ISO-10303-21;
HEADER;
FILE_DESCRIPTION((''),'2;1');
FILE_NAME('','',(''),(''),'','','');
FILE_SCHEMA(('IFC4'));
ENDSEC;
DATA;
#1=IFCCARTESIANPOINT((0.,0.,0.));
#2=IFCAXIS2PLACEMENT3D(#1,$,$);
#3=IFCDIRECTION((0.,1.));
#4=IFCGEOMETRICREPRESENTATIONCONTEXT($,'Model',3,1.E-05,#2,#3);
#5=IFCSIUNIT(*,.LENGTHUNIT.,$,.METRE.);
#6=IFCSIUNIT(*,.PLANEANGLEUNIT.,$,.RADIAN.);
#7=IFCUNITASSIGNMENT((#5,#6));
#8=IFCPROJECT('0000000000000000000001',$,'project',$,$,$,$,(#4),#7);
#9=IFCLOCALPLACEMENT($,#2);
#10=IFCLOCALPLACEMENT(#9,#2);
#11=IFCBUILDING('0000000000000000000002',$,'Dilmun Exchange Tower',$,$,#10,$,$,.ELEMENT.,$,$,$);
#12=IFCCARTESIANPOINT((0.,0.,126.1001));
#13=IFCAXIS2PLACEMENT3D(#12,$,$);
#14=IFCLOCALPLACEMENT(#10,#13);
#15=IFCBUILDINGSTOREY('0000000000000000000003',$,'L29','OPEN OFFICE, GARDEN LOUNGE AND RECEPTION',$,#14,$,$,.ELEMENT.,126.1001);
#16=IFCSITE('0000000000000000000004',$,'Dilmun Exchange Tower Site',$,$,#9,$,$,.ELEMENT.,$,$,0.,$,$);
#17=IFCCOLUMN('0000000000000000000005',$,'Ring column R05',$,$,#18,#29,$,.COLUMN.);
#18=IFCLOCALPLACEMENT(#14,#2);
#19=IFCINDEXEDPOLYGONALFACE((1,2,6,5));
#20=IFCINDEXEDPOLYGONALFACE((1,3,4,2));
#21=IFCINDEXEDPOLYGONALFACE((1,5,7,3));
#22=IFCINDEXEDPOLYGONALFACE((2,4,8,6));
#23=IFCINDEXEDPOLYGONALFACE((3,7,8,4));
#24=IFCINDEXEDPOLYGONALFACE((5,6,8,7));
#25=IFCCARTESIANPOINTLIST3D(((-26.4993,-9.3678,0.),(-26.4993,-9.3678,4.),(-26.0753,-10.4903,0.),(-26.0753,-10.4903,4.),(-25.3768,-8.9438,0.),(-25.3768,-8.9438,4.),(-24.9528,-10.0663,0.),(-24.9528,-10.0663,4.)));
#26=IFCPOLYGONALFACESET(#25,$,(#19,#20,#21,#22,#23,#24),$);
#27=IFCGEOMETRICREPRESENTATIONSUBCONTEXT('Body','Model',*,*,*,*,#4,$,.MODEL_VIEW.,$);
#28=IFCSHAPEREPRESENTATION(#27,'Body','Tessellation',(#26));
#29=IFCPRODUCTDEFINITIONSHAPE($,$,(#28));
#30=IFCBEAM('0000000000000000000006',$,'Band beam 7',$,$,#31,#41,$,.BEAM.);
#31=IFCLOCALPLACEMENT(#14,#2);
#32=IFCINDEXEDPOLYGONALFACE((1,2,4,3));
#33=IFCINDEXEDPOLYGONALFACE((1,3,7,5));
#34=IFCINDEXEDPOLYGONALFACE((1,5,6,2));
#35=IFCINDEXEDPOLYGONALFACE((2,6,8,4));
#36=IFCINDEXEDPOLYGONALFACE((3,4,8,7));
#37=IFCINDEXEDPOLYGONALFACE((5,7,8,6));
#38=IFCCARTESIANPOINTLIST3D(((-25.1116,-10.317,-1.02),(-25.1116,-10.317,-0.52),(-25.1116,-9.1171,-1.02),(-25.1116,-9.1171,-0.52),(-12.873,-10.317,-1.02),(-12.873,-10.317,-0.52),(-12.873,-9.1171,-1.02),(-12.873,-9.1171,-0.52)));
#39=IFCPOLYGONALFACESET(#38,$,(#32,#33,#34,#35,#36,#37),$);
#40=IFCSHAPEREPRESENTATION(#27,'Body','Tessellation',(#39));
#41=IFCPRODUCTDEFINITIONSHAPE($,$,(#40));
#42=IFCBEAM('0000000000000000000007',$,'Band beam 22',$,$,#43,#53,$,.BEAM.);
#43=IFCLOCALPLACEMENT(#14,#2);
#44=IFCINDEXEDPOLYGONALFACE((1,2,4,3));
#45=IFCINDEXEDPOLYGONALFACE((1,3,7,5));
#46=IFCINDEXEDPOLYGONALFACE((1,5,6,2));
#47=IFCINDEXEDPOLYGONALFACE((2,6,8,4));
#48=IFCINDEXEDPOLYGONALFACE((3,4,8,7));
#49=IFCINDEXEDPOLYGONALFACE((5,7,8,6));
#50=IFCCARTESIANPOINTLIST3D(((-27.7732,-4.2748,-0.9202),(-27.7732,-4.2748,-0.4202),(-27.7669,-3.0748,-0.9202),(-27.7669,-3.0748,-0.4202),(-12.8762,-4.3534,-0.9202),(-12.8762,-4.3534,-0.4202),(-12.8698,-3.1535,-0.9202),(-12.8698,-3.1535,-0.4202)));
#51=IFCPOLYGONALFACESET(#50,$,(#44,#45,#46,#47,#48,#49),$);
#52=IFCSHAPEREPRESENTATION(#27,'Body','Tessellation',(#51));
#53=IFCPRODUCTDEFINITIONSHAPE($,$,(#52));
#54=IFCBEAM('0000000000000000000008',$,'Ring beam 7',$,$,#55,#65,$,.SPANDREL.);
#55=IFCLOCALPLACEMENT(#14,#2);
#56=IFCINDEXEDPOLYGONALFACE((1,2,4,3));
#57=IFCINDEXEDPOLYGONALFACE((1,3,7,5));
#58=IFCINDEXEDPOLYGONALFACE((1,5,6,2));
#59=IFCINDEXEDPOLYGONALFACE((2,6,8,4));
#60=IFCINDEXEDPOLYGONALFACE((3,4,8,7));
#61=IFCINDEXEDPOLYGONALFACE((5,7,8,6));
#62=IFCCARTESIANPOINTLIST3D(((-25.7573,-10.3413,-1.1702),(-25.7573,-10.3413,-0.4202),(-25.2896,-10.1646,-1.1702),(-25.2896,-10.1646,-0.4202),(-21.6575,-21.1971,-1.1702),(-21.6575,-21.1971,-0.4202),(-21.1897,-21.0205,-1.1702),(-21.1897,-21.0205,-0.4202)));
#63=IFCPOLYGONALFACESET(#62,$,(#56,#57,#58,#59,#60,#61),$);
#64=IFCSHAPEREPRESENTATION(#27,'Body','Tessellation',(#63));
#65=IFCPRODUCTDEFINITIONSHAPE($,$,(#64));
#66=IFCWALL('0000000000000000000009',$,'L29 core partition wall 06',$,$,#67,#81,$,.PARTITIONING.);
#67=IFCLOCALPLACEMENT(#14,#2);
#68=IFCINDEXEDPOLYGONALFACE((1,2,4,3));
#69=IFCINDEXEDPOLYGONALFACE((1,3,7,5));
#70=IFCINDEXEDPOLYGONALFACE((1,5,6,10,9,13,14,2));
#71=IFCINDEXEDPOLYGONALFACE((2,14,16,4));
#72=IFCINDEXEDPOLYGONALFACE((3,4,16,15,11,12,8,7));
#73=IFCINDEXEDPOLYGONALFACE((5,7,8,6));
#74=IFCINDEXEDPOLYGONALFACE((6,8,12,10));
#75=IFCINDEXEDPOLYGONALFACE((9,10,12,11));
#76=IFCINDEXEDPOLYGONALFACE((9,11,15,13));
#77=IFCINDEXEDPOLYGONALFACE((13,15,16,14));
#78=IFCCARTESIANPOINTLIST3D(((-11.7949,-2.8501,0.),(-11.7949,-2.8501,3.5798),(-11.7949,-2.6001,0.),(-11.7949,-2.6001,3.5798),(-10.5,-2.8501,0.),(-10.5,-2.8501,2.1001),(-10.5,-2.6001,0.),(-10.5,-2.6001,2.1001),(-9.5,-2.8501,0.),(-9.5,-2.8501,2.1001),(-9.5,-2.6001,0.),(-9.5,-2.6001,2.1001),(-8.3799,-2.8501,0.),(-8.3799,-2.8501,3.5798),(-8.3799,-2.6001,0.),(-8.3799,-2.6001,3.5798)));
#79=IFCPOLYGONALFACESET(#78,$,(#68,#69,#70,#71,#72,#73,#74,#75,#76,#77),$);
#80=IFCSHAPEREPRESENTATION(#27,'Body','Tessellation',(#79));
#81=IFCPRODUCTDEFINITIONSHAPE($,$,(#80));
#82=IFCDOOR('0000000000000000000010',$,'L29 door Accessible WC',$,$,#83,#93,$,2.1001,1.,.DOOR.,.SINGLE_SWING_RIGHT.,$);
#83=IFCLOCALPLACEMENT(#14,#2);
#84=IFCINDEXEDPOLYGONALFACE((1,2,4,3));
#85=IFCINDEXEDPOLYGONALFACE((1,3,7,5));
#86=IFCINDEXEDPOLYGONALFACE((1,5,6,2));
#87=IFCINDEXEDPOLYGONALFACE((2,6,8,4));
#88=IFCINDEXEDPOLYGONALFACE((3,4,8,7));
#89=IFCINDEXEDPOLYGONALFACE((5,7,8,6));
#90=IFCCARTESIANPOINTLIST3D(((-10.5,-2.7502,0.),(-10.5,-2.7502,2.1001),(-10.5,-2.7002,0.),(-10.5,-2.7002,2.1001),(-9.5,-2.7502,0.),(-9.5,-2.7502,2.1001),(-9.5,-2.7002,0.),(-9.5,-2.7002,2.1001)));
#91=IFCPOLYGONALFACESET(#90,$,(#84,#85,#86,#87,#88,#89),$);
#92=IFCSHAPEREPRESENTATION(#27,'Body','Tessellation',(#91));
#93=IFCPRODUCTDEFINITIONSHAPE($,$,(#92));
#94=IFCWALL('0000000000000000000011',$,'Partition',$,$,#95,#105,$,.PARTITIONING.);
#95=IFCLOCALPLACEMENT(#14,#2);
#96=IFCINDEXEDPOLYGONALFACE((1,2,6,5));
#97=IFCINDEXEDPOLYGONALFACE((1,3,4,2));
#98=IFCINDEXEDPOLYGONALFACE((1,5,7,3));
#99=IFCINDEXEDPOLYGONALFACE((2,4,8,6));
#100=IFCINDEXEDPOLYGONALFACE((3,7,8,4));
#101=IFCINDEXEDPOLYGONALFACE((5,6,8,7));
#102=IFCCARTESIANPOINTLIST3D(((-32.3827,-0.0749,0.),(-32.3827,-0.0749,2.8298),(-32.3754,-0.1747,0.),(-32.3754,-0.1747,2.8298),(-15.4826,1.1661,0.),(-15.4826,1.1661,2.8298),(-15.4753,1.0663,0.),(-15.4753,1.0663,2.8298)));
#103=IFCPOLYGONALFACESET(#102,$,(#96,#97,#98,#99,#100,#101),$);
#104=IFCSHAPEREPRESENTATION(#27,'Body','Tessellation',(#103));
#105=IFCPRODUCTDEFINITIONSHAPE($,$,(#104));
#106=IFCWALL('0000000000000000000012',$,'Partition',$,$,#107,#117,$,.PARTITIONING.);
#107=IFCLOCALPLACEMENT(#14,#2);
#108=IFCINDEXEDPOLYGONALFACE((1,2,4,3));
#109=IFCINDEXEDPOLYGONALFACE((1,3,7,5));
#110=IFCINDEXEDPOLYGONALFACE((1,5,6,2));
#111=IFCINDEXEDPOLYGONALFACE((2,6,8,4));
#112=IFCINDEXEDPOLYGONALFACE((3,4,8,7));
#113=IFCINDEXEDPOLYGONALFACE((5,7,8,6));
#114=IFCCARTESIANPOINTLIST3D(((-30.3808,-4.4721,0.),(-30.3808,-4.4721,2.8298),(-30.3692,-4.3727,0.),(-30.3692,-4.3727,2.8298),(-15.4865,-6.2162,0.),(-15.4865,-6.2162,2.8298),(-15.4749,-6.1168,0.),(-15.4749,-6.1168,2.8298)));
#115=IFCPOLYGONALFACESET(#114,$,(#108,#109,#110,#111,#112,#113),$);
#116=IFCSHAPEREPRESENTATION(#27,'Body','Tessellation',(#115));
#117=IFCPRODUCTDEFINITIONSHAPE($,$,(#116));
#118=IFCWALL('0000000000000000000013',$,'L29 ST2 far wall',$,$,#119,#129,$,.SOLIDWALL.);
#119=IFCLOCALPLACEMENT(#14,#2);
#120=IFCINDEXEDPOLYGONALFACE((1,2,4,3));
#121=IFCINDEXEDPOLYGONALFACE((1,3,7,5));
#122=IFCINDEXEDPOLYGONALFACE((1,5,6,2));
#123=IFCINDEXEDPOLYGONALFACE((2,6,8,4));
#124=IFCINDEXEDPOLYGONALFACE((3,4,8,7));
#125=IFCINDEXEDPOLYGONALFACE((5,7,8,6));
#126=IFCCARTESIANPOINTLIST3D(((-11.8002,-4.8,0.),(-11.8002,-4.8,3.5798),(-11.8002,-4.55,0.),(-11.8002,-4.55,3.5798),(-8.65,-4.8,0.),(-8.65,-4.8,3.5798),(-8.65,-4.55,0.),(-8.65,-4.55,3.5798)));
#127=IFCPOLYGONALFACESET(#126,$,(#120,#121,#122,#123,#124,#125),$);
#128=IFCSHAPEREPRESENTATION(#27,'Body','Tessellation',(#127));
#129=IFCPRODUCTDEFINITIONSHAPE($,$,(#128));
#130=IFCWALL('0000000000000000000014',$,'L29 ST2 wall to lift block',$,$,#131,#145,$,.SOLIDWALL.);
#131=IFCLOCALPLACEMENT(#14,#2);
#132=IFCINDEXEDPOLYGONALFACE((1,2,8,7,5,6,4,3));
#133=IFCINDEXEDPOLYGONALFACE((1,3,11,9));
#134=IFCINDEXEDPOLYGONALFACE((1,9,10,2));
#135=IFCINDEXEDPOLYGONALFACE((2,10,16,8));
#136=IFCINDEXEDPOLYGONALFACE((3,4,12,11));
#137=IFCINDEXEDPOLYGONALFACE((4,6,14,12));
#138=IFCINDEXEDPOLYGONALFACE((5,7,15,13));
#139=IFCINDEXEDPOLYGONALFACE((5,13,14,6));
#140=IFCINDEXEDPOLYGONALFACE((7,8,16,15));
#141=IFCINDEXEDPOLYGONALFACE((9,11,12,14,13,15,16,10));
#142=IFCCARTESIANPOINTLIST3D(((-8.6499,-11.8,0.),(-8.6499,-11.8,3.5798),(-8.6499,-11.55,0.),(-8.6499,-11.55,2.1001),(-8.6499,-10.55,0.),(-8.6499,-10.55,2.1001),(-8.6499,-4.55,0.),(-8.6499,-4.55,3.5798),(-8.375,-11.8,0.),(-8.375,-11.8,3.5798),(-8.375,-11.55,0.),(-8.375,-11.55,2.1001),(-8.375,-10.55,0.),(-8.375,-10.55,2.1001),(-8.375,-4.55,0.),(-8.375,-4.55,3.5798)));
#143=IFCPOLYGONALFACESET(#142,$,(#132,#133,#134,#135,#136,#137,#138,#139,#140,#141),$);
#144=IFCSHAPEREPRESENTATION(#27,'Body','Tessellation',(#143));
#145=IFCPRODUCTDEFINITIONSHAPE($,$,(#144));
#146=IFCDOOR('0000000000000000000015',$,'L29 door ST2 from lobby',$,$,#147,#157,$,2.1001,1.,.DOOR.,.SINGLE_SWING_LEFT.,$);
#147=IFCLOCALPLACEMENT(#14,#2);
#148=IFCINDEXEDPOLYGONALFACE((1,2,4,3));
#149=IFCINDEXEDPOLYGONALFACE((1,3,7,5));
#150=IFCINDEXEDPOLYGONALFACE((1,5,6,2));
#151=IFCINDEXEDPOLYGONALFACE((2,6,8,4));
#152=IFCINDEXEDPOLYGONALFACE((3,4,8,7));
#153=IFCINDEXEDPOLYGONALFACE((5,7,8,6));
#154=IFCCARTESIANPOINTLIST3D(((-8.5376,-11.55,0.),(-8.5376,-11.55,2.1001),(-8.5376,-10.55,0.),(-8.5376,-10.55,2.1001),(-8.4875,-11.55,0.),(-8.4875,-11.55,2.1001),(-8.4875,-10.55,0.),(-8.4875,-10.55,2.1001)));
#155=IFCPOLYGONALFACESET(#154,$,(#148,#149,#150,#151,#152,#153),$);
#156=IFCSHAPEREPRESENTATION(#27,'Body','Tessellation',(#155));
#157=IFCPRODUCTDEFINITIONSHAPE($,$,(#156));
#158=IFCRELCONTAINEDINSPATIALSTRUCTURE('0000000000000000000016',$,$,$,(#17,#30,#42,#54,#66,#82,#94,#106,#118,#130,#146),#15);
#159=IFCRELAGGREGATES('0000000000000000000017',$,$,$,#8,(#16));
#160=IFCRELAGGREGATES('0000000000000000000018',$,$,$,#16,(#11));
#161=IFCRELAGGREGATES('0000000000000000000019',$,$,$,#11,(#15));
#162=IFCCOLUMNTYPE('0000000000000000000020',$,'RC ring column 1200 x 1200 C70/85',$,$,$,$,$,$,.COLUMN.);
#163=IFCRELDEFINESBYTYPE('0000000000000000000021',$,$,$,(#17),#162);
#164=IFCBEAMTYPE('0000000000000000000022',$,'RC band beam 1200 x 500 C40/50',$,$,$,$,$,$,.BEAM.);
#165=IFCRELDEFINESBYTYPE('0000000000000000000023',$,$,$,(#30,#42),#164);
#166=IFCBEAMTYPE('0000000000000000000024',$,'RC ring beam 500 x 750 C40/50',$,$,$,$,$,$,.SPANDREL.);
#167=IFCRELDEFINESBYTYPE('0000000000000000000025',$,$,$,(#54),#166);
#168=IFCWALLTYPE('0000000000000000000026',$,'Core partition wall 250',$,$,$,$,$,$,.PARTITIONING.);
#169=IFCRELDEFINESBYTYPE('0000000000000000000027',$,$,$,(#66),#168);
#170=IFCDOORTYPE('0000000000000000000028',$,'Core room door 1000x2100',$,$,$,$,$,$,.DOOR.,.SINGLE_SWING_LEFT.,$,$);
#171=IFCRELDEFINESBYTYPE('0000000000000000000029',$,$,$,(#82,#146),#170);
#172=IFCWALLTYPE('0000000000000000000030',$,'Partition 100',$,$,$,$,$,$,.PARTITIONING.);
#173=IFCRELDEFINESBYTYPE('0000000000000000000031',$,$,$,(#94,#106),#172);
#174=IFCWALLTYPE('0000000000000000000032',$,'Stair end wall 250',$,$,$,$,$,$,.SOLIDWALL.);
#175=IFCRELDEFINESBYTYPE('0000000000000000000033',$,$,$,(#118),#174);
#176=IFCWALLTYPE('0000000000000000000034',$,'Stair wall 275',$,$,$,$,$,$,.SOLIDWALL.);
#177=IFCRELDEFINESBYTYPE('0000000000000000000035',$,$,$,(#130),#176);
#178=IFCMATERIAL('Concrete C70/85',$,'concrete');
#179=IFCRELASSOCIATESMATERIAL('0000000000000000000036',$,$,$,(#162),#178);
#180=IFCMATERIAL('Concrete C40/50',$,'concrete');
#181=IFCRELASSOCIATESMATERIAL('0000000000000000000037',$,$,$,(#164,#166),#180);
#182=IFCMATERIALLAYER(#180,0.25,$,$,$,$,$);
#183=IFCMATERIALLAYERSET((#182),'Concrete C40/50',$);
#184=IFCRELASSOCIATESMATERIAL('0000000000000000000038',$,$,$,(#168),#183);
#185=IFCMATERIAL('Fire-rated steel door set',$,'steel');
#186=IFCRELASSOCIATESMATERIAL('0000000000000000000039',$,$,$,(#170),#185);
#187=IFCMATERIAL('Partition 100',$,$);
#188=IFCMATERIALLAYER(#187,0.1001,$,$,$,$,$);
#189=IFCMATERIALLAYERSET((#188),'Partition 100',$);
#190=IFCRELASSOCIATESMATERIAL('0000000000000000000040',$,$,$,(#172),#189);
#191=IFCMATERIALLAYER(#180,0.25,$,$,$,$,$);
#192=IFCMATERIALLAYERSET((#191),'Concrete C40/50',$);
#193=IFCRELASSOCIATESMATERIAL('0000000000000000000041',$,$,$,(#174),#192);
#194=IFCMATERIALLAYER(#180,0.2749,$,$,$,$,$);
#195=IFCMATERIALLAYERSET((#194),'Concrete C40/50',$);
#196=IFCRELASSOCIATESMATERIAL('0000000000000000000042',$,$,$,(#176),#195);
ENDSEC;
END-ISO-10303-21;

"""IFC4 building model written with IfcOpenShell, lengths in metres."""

from ifc_helpers import new_model, si_unit, direction, frame, frame_2d, origin, origin_2d, place, context, subcontext, project, spatial, rectangle, extrude, material, layer, layer_set, material_profile, profile_set, type_object, element, fill, save


model = new_model("IFC4")

# Units and contexts
model_context = context("Model", 3, precision=1e-05, world=origin(), true_north=direction((0.0, 1.0)))
body_context = subcontext(model_context, "Body", "Model", "MODEL_VIEW")
ifc_project = project(units=[si_unit("LENGTHUNIT", "METRE"), si_unit("PLANEANGLEUNIT", "RADIAN")], contexts=[model_context])

# Site, building, storey
site_placement = place(None, origin())
site = spatial("IfcSite", under=ifc_project, at=site_placement, Name="Dilmun Exchange Tower Site", CompositionType="ELEMENT", RefElevation=0.0)
building_placement = place(site_placement, origin())
building = spatial("IfcBuilding", under=site, at=building_placement, Name="Dilmun Exchange Tower", CompositionType="ELEMENT")
storey_placement = place(building_placement, frame((0.0, 0.0, 126.1001)))
storey = spatial("IfcBuildingStorey", under=building, at=storey_placement, Name="L29", Description="OPEN OFFICE, GARDEN LOUNGE AND RECEPTION", CompositionType="ELEMENT", Elevation=126.1001)

# Column
ifc_material_1 = material(Name="Concrete C70/85", Category="concrete")
ifc_material_profile_1 = material_profile(ifc_material_1, rectangle(XDim=1.2, YDim=1.2, at=origin_2d()), Name="1200 x 1200")
ifc_profile_set_1 = profile_set([ifc_material_profile_1], Name="Concrete C70/85")
column_type = type_object("IfcColumnType", Name="RC ring column 1200 x 1200 C70/85", PredefinedType="COLUMN", material=ifc_profile_set_1)
column_placement = place(storey_placement, frame((-25.7261, -9.717, 0.0), z_axis=(0.0, 0.0, 1.0), x_axis=(0.935492, 0.353349, 0.0)))
element("IfcColumn", 1, at=column_placement, inside=storey, type_object=column_type, Name="Ring column R05", PredefinedType="COLUMN", context=body_context, shape_type="SweptSolid", body=[
    extrude(rectangle(XDim=1.2, YDim=1.2, at=origin_2d()), origin(), (0.0, 0.0, 1.0), 4.0),
])

# Beams
ifc_material_2 = material(Name="Concrete C40/50", Category="concrete")
ifc_material_profile_2 = material_profile(ifc_material_2, rectangle(XDim=1.2, YDim=0.5, at=origin_2d()), Name="1200 x 500")
ifc_profile_set_2 = profile_set([ifc_material_profile_2], Name="Concrete C40/50")
beam_type_1 = type_object("IfcBeamType", Name="RC band beam 1200 x 500 C40/50", PredefinedType="BEAM", material=ifc_profile_set_2)
beam_1_placement = place(storey_placement, frame((-25.1116, -9.717, -0.77), z_axis=(1.0, 0.0, 0.0), x_axis=(0.0, 1.0, 0.0)))
element("IfcBeam", 2, at=beam_1_placement, inside=storey, type_object=beam_type_1, Name="Band beam 7", PredefinedType="BEAM", context=body_context, shape_type="SweptSolid", body=[
    extrude(rectangle(XDim=1.2, YDim=0.5, at=origin_2d()), origin(), (0.0, 0.0, 1.0), 12.2385),
])
beam_2_placement = place(storey_placement, frame((-27.77, -3.6748, -0.6702), z_axis=(0.999986, -0.005277, 0.0), x_axis=(0.005277, 0.999986, 0.0)))
element("IfcBeam", 3, at=beam_2_placement, inside=storey, type_object=beam_type_1, Name="Band beam 22", PredefinedType="BEAM", context=body_context, shape_type="SweptSolid", body=[
    extrude(rectangle(XDim=1.2, YDim=0.5, at=origin_2d()), origin(), (0.0, 0.0, 1.0), 14.8972),
])
ifc_material_profile_3 = material_profile(ifc_material_2, rectangle(XDim=0.5, YDim=0.75, at=origin_2d()), Name="500 x 750")
ifc_profile_set_3 = profile_set([ifc_material_profile_3], Name="Concrete C40/50")
beam_type_2 = type_object("IfcBeamType", Name="RC ring beam 500 x 750 C40/50", PredefinedType="SPANDREL", material=ifc_profile_set_3)
beam_3_placement = place(storey_placement, frame((-25.5234, -10.2529, -0.7952), z_axis=(0.353304, -0.935509, 0.0), x_axis=(0.935509, 0.353304, 0.0)))
element("IfcBeam", 4, at=beam_3_placement, inside=storey, type_object=beam_type_2, Name="Ring beam 7", PredefinedType="SPANDREL", context=body_context, shape_type="SweptSolid", body=[
    extrude(rectangle(XDim=0.5, YDim=0.75, at=origin_2d()), origin(), (0.0, 0.0, 1.0), 11.6042),
])

# Wall, opening, door
ifc_layer_1 = layer(ifc_material_2, 0.25)
ifc_layer_set_1 = layer_set([ifc_layer_1], Name="Concrete C40/50")
wall_type_1 = type_object("IfcWallType", Name="Core partition wall 250", PredefinedType="PARTITIONING", material=ifc_layer_set_1)
wall_1_placement = place(storey_placement, frame((-11.7949, -2.7251, 0.0), z_axis=(0.0, 0.0, 1.0), x_axis=(1.0, 0.0, 0.0)))
wall_1 = element("IfcWall", 5, at=wall_1_placement, inside=storey, type_object=wall_type_1, Name="L29 core partition wall 06", PredefinedType="PARTITIONING", context=body_context, shape_type="SweptSolid", body=[
    extrude(rectangle(XDim=3.415, YDim=0.25, at=frame_2d((1.7075, 0.0))), origin(), (0.0, 0.0, 1.0), 3.5798),
])
opening_1_placement = place(wall_1_placement, frame((1.2949, 0.0, 0.0)))
opening_1 = element("IfcOpeningElement", 6, at=opening_1_placement, cuts=wall_1, PredefinedType="OPENING", context=body_context, shape_type="SweptSolid", body=[
    extrude(rectangle(XDim=1.0, YDim=2.1001, at=frame_2d((0.5, 1.05))), frame((0.0, 0.135, 0.0), z_axis=(0.0, -1.0, 0.0), x_axis=(1.0, 0.0, 0.0)), (0.0, 0.0, 1.0), 0.27),
])
ifc_material_3 = material(Name="Fire-rated steel door set", Category="steel")
door_type = type_object("IfcDoorType", Name="Core room door 1000x2100", OperationType="SINGLE_SWING_LEFT", PredefinedType="DOOR", material=ifc_material_3)
door_1_placement = place(opening_1_placement, origin())
door_1 = element("IfcDoor", 7, at=door_1_placement, inside=storey, type_object=door_type, Name="L29 door Accessible WC", OperationType="SINGLE_SWING_RIGHT", OverallHeight=2.1001, OverallWidth=1.0, PredefinedType="DOOR", context=body_context, shape_type="SweptSolid", body=[
    extrude(rectangle(XDim=1.0, YDim=2.1001, at=frame_2d((0.5, 1.05))), frame((0.0, 0.0249, 0.0), z_axis=(0.0, -1.0, 0.0), x_axis=(1.0, 0.0, 0.0)), (0.0, 0.0, 1.0), 0.05),
])
fill(opening_1, door_1)

# Walls
ifc_material_4 = material(Name="Partition 100")
ifc_layer_2 = layer(ifc_material_4, 0.1001)
ifc_layer_set_2 = layer_set([ifc_layer_2], Name="Partition 100")
wall_type_2 = type_object("IfcWallType", Name="Partition 100", PredefinedType="PARTITIONING", material=ifc_layer_set_2)
wall_2_placement = place(storey_placement, frame((-32.3789, -0.1248, 0.0), z_axis=(0.0, 0.0, 1.0), x_axis=(0.997315, 0.073232, 0.0)))
element("IfcWall", 8, at=wall_2_placement, inside=storey, type_object=wall_type_2, Name="Partition", PredefinedType="PARTITIONING", context=body_context, shape_type="SweptSolid", body=[
    extrude(rectangle(XDim=16.9456, YDim=0.1001, at=frame_2d((8.4727, 0.0))), origin(), (0.0, 0.0, 1.0), 2.8298),
])
wall_3_placement = place(storey_placement, frame((-30.375, -4.4224, 0.0), z_axis=(0.0, 0.0, 1.0), x_axis=(0.993213, -0.116307, 0.0)))
element("IfcWall", 9, at=wall_3_placement, inside=storey, type_object=wall_type_2, Name="Partition", PredefinedType="PARTITIONING", context=body_context, shape_type="SweptSolid", body=[
    extrude(rectangle(XDim=14.9961, YDim=0.1001, at=frame_2d((7.498, 0.0))), origin(), (0.0, 0.0, 1.0), 2.8298),
])
ifc_layer_3 = layer(ifc_material_2, 0.25)
ifc_layer_set_3 = layer_set([ifc_layer_3], Name="Concrete C40/50")
wall_type_3 = type_object("IfcWallType", Name="Stair end wall 250", PredefinedType="SOLIDWALL", material=ifc_layer_set_3)
wall_4_placement = place(storey_placement, frame((-8.6499, -4.675, 0.0), z_axis=(0.0, 0.0, 1.0), x_axis=(-1.0, 0.0, 0.0)))
element("IfcWall", 10, at=wall_4_placement, inside=storey, type_object=wall_type_3, Name="L29 ST2 far wall", PredefinedType="SOLIDWALL", context=body_context, shape_type="SweptSolid", body=[
    extrude(rectangle(XDim=3.1501, YDim=0.25, at=frame_2d((1.5752, 0.0))), origin(), (0.0, 0.0, 1.0), 3.5798),
])

# Wall, opening, door
ifc_layer_4 = layer(ifc_material_2, 0.2749)
ifc_layer_set_4 = layer_set([ifc_layer_4], Name="Concrete C40/50")
wall_type_4 = type_object("IfcWallType", Name="Stair wall 275", PredefinedType="SOLIDWALL", material=ifc_layer_set_4)
wall_5_placement = place(storey_placement, frame((-8.5125, -4.55, 0.0), z_axis=(0.0, 0.0, 1.0), x_axis=(0.0, -1.0, 0.0)))
wall_5 = element("IfcWall", 11, at=wall_5_placement, inside=storey, type_object=wall_type_4, Name="L29 ST2 wall to lift block", PredefinedType="SOLIDWALL", context=body_context, shape_type="SweptSolid", body=[
    extrude(rectangle(XDim=7.25, YDim=0.2749, at=frame_2d((3.625, 0.0))), origin(), (0.0, 0.0, 1.0), 3.5798),
])
opening_2_placement = place(wall_5_placement, frame((6.0, 0.0, 0.0)))
opening_2 = element("IfcOpeningElement", 12, at=opening_2_placement, cuts=wall_5, PredefinedType="OPENING", context=body_context, shape_type="SweptSolid", body=[
    extrude(rectangle(XDim=1.0, YDim=2.1001, at=frame_2d((0.5, 1.05))), frame((0.0, 0.1475, 0.0), z_axis=(0.0, -1.0, 0.0), x_axis=(1.0, 0.0, 0.0)), (0.0, 0.0, 1.0), 0.2949),
])
door_2_placement = place(opening_2_placement, origin())
door_2 = element("IfcDoor", 13, at=door_2_placement, inside=storey, type_object=door_type, Name="L29 door ST2 from lobby", OperationType="SINGLE_SWING_LEFT", OverallHeight=2.1001, OverallWidth=1.0, PredefinedType="DOOR", context=body_context, shape_type="SweptSolid", body=[
    extrude(rectangle(XDim=1.0, YDim=2.1001, at=frame_2d((0.5, 1.05))), frame((0.0, 0.0249, 0.0), z_axis=(0.0, -1.0, 0.0), x_axis=(1.0, 0.0, 0.0)), (0.0, 0.0, 1.0), 0.05),
])
fill(opening_2, door_2)

save(model, "model.ifc")
